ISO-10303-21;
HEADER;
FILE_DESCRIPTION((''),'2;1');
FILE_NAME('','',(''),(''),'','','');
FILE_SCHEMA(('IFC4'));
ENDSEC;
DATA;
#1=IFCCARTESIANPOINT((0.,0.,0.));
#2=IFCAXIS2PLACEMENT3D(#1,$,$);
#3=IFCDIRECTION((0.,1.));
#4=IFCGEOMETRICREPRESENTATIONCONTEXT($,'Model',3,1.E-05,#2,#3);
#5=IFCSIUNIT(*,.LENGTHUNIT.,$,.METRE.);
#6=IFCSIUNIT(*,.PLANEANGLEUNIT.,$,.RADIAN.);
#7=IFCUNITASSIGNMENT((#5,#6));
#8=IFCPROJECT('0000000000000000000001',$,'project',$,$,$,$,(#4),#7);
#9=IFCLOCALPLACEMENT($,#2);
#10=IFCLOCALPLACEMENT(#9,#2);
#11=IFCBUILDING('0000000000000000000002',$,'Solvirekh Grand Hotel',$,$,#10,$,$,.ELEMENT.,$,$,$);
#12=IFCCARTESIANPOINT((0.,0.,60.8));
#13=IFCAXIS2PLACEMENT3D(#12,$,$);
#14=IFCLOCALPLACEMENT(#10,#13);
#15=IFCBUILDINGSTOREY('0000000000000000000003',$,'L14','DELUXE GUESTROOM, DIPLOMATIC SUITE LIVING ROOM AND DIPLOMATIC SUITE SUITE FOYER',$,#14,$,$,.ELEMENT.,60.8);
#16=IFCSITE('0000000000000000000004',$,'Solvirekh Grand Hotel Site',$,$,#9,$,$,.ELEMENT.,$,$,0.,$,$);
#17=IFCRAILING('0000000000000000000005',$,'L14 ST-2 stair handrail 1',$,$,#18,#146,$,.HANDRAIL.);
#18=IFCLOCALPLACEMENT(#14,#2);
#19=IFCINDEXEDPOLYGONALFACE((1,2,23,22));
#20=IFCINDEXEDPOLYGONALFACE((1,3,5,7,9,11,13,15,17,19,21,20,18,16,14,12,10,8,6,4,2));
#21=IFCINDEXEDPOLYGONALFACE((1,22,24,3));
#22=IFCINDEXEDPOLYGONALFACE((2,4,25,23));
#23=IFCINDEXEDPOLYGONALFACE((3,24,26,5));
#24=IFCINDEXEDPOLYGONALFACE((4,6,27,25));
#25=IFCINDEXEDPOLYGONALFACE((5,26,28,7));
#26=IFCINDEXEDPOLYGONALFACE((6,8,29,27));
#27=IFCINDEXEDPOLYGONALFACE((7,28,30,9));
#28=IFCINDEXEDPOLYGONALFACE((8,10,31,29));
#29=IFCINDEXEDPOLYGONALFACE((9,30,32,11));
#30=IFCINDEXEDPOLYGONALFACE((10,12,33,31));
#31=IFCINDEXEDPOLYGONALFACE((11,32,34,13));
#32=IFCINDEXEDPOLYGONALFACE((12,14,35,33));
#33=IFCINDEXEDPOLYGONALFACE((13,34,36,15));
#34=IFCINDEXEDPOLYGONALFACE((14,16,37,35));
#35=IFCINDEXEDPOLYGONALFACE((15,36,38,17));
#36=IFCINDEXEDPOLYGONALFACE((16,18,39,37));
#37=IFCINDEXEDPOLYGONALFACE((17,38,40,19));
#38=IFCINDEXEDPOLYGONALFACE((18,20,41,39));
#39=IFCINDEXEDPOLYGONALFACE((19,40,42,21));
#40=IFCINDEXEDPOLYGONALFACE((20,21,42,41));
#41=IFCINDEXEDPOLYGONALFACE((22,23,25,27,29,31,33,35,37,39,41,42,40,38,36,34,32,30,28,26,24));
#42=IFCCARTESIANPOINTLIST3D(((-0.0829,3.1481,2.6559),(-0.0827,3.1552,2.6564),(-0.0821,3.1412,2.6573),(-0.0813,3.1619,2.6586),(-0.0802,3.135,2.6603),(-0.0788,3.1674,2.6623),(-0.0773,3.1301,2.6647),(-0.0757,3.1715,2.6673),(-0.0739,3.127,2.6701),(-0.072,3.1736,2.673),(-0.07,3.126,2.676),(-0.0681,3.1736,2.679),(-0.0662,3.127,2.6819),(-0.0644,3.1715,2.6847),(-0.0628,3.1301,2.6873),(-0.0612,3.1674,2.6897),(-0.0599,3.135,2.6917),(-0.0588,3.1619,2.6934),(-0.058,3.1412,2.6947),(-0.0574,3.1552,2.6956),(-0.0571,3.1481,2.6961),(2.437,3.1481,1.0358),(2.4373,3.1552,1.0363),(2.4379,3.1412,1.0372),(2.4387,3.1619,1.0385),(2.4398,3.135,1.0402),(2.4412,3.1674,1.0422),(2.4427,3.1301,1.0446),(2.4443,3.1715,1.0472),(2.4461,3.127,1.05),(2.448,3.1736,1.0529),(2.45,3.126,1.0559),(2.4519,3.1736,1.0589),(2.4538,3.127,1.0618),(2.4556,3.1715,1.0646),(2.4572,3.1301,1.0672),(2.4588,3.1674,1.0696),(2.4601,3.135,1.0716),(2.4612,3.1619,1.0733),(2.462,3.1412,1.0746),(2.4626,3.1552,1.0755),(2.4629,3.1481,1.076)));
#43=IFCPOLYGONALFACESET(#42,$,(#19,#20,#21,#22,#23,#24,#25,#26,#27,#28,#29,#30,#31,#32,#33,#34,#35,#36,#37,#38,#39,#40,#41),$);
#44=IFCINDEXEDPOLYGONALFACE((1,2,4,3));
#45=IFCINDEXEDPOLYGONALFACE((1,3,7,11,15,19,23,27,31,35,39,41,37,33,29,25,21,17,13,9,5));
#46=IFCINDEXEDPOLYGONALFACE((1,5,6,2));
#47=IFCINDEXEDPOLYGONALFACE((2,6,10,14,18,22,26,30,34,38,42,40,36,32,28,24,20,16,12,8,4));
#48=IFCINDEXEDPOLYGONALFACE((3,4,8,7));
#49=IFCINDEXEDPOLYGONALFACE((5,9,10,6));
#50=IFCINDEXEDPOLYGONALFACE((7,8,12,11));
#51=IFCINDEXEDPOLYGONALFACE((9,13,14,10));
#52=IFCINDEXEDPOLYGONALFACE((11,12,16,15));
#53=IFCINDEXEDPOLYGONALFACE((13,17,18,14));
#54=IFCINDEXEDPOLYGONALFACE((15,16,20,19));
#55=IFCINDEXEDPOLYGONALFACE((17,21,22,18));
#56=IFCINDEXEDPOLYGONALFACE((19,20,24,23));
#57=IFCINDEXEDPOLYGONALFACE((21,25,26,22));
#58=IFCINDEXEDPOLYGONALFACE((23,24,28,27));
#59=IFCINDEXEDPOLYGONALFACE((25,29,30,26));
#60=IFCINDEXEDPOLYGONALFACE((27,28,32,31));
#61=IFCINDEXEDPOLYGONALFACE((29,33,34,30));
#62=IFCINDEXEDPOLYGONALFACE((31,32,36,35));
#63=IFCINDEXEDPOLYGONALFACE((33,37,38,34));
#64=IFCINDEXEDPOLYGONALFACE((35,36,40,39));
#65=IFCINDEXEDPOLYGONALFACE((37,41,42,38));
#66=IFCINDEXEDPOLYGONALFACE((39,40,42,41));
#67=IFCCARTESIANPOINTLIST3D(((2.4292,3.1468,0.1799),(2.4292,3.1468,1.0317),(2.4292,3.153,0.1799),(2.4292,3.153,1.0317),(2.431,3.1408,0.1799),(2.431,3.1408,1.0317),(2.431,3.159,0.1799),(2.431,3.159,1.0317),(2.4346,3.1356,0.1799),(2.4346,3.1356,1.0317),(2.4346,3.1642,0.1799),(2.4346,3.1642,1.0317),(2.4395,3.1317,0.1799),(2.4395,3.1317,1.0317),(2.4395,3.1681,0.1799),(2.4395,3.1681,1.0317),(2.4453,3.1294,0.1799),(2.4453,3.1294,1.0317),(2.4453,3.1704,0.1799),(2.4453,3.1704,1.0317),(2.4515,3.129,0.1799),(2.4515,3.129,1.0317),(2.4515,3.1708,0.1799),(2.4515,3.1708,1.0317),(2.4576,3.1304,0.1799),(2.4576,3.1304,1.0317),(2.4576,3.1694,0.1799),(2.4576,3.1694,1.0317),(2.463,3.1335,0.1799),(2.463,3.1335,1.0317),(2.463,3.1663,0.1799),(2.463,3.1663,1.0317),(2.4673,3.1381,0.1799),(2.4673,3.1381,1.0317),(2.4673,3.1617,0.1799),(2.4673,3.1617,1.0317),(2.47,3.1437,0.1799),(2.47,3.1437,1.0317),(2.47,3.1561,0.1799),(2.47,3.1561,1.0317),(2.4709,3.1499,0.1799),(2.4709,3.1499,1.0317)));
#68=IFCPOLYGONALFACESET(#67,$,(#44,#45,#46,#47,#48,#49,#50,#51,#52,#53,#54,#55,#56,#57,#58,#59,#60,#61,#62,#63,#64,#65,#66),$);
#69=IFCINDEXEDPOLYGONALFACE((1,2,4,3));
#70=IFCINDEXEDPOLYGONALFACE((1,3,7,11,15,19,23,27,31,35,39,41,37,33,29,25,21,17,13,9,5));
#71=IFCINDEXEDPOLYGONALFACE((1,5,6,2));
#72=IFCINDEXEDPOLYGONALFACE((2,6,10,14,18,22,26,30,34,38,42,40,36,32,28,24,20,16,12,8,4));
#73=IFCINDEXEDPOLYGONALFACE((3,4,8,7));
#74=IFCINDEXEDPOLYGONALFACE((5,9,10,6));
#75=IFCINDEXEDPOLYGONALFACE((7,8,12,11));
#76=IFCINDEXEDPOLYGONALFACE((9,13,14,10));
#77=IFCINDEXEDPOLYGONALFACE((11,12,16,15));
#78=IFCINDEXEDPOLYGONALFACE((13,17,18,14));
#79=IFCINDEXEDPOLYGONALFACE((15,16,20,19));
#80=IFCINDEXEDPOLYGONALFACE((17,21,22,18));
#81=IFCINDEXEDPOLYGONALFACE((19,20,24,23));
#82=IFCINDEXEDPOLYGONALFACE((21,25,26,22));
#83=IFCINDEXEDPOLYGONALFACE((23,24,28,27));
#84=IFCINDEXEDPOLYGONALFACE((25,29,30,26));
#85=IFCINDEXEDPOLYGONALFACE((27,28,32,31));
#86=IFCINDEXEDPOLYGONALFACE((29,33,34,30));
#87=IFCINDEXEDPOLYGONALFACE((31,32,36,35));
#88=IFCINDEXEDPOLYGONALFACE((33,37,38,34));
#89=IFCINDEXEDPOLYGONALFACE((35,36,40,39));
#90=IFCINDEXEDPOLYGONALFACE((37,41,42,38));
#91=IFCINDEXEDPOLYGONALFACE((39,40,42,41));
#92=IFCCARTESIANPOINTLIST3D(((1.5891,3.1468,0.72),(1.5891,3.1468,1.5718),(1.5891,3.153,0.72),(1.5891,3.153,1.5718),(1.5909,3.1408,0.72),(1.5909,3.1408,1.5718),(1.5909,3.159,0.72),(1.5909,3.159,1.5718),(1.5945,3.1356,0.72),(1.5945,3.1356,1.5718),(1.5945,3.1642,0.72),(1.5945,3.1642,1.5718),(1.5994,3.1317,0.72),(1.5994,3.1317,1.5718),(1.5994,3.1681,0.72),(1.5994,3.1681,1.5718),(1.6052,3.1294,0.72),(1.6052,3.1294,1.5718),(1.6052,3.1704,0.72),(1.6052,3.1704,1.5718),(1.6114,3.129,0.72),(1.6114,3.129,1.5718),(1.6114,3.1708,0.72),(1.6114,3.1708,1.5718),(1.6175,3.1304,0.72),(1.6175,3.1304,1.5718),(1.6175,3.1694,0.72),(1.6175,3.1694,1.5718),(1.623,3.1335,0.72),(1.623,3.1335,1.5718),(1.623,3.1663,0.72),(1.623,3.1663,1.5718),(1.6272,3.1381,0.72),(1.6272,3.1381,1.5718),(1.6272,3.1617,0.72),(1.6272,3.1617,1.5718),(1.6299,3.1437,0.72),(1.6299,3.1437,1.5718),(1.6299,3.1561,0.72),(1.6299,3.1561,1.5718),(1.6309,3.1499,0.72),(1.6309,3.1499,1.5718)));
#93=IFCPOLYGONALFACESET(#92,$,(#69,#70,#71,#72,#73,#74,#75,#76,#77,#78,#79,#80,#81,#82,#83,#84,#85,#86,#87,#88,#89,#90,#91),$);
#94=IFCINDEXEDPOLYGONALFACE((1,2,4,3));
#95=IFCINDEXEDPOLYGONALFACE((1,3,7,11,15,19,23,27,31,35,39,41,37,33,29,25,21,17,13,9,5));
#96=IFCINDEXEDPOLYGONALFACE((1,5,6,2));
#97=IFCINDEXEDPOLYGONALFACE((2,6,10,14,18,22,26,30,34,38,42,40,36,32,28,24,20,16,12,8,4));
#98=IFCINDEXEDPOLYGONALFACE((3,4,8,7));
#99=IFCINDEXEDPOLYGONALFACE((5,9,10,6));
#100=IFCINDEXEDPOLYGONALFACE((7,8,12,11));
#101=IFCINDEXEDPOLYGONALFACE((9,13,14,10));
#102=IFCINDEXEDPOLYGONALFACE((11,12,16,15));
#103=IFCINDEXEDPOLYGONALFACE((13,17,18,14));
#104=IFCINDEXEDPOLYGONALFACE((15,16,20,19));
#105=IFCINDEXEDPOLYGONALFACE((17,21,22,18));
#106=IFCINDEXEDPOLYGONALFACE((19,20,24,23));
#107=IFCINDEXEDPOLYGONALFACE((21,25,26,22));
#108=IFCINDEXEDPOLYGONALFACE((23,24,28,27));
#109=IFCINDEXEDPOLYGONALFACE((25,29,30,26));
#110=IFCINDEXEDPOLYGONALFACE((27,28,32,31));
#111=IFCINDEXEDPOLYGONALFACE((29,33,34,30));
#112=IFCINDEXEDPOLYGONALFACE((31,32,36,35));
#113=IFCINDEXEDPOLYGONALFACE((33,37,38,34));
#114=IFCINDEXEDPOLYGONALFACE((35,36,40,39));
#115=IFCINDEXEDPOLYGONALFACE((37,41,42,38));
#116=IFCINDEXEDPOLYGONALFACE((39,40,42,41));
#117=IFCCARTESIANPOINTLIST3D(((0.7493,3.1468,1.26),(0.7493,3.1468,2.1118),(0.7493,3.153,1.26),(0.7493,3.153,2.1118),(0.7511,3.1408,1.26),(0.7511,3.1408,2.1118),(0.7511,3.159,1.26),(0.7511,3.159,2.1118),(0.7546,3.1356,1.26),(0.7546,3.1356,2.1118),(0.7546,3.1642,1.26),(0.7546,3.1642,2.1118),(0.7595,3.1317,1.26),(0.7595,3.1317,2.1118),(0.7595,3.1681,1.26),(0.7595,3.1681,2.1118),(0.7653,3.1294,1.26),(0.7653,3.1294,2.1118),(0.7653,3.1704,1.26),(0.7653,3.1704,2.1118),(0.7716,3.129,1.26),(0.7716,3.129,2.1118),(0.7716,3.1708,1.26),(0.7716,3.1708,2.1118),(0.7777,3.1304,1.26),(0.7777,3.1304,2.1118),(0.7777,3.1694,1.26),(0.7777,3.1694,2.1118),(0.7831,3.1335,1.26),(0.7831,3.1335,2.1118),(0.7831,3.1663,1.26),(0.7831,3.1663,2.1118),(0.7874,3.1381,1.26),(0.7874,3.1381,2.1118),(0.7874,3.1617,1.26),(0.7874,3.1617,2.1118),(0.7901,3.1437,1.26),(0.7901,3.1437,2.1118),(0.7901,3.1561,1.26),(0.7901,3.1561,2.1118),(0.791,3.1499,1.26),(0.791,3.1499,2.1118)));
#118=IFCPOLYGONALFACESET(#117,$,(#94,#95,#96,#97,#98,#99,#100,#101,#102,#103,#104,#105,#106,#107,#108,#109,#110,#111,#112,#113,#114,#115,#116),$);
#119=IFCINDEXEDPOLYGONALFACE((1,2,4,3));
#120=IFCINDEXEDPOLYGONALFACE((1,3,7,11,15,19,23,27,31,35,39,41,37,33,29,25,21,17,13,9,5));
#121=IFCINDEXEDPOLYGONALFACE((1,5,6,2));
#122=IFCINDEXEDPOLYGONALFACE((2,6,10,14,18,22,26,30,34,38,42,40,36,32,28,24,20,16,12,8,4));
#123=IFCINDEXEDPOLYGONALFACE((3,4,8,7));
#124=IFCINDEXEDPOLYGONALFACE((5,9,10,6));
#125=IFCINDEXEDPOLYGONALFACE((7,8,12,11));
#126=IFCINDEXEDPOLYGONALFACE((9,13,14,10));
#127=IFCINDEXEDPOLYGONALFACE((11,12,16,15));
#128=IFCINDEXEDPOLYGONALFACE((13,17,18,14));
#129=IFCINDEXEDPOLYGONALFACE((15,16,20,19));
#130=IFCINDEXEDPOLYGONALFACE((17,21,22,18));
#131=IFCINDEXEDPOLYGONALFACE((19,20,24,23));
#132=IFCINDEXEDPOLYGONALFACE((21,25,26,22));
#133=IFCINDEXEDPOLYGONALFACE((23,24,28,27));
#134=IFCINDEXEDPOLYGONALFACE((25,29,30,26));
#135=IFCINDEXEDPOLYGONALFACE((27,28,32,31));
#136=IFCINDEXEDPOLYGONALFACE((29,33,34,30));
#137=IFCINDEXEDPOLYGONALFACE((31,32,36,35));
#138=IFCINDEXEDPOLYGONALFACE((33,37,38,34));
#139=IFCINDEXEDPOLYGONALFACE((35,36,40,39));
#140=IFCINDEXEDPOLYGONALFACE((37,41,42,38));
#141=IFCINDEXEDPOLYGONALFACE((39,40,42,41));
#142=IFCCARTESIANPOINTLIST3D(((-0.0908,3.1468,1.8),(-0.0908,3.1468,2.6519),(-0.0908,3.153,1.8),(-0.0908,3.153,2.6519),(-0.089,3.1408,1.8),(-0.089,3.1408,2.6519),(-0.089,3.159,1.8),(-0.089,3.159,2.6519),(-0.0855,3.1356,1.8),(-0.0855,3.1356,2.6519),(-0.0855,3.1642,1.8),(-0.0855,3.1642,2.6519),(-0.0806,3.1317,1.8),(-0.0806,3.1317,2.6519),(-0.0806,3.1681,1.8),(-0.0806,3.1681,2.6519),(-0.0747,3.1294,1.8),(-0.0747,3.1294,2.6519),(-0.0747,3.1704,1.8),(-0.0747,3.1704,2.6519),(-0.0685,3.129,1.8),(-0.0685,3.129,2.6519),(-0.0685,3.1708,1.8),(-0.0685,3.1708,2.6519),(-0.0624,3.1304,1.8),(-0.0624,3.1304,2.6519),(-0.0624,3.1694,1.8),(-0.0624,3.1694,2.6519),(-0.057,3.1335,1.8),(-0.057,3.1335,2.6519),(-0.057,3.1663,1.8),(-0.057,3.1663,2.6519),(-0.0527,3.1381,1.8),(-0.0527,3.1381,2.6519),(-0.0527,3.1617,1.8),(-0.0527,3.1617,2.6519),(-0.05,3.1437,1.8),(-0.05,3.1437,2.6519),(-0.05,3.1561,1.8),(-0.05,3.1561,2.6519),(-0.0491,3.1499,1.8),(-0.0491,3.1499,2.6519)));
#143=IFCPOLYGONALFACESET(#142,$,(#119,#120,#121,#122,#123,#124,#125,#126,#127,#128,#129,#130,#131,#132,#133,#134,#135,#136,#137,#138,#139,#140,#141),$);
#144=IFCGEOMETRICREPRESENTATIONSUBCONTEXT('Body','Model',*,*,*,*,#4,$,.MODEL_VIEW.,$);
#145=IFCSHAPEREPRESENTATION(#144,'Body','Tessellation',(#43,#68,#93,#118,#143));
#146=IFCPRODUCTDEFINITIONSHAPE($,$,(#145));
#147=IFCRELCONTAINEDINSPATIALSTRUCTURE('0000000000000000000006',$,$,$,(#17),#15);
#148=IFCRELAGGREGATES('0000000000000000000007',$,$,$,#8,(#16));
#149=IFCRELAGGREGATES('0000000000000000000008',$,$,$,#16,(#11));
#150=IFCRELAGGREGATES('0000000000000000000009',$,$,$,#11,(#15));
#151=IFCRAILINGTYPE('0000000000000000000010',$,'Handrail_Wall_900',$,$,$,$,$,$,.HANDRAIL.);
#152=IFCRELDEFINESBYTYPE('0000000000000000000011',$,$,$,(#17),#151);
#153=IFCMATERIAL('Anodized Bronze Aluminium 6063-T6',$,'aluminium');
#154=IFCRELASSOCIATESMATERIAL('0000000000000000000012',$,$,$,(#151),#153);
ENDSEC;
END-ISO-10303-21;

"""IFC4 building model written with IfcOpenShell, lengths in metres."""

from ifc_helpers import new_model, si_unit, direction, frame, origin, origin_2d, place, context, subcontext, project, spatial, circle, extrude, material, type_object, element, save


model = new_model("IFC4")

# Units and contexts
model_context = context("Model", 3, precision=1e-05, world=origin(), true_north=direction((0.0, 1.0)))
body_context = subcontext(model_context, "Body", "Model", "MODEL_VIEW")
ifc_project = project(units=[si_unit("LENGTHUNIT", "METRE"), si_unit("PLANEANGLEUNIT", "RADIAN")], contexts=[model_context])

# Site, building, storey
site_placement = place(None, origin())
site = spatial("IfcSite", under=ifc_project, at=site_placement, Name="Solvirekh Grand Hotel Site", CompositionType="ELEMENT", RefElevation=0.0)
building_placement = place(site_placement, origin())
building = spatial("IfcBuilding", under=site, at=building_placement, Name="Solvirekh Grand Hotel", CompositionType="ELEMENT")
storey_placement = place(building_placement, frame((0.0, 0.0, 60.8)))
storey = spatial("IfcBuildingStorey", under=building, at=storey_placement, Name="L14", Description="DELUXE GUESTROOM, DIPLOMATIC SUITE LIVING ROOM AND DIPLOMATIC SUITE SUITE FOYER", CompositionType="ELEMENT", Elevation=60.8)

# Shared definitions
ifc_material_1 = material(Name="Anodized Bronze Aluminium 6063-T6", Category="aluminium")

# Railing
railing_type_1 = type_object("IfcRailingType", Name="Handrail_Wall_900", PredefinedType="HANDRAIL", material=ifc_material_1)
railing_1_placement = place(storey_placement, frame((2.45, 3.1499, 0.1799)))
element("IfcRailing", 1, at=railing_1_placement, inside=storey, type_object=railing_type_1, Name="L14 ST-2 stair handrail 1", PredefinedType="HANDRAIL", context=body_context, shape_type="SweptSolid", body=[
    extrude(circle(Radius=0.0239, at=origin_2d()), frame((0.0, 0.0, 0.876), z_axis=(-0.841163, 0.0, 0.540782), x_axis=(0.0, -1.0, 0.0)), (0.0, 0.0, 1.0), 2.9958),
    extrude(circle(Radius=0.021, at=origin_2d()), origin(), (0.0, 0.0, 1.0), 0.8518),
    extrude(circle(Radius=0.021, at=origin_2d()), frame((-0.8401, 0.0, 0.54)), (0.0, 0.0, 1.0), 0.8518),
    extrude(circle(Radius=0.021, at=origin_2d()), frame((-1.6799, 0.0, 1.0801)), (0.0, 0.0, 1.0), 0.8518),
    extrude(circle(Radius=0.021, at=origin_2d()), frame((-2.52, 0.0, 1.6201)), (0.0, 0.0, 1.0), 0.8518),
])

save(model, "model.ifc")
